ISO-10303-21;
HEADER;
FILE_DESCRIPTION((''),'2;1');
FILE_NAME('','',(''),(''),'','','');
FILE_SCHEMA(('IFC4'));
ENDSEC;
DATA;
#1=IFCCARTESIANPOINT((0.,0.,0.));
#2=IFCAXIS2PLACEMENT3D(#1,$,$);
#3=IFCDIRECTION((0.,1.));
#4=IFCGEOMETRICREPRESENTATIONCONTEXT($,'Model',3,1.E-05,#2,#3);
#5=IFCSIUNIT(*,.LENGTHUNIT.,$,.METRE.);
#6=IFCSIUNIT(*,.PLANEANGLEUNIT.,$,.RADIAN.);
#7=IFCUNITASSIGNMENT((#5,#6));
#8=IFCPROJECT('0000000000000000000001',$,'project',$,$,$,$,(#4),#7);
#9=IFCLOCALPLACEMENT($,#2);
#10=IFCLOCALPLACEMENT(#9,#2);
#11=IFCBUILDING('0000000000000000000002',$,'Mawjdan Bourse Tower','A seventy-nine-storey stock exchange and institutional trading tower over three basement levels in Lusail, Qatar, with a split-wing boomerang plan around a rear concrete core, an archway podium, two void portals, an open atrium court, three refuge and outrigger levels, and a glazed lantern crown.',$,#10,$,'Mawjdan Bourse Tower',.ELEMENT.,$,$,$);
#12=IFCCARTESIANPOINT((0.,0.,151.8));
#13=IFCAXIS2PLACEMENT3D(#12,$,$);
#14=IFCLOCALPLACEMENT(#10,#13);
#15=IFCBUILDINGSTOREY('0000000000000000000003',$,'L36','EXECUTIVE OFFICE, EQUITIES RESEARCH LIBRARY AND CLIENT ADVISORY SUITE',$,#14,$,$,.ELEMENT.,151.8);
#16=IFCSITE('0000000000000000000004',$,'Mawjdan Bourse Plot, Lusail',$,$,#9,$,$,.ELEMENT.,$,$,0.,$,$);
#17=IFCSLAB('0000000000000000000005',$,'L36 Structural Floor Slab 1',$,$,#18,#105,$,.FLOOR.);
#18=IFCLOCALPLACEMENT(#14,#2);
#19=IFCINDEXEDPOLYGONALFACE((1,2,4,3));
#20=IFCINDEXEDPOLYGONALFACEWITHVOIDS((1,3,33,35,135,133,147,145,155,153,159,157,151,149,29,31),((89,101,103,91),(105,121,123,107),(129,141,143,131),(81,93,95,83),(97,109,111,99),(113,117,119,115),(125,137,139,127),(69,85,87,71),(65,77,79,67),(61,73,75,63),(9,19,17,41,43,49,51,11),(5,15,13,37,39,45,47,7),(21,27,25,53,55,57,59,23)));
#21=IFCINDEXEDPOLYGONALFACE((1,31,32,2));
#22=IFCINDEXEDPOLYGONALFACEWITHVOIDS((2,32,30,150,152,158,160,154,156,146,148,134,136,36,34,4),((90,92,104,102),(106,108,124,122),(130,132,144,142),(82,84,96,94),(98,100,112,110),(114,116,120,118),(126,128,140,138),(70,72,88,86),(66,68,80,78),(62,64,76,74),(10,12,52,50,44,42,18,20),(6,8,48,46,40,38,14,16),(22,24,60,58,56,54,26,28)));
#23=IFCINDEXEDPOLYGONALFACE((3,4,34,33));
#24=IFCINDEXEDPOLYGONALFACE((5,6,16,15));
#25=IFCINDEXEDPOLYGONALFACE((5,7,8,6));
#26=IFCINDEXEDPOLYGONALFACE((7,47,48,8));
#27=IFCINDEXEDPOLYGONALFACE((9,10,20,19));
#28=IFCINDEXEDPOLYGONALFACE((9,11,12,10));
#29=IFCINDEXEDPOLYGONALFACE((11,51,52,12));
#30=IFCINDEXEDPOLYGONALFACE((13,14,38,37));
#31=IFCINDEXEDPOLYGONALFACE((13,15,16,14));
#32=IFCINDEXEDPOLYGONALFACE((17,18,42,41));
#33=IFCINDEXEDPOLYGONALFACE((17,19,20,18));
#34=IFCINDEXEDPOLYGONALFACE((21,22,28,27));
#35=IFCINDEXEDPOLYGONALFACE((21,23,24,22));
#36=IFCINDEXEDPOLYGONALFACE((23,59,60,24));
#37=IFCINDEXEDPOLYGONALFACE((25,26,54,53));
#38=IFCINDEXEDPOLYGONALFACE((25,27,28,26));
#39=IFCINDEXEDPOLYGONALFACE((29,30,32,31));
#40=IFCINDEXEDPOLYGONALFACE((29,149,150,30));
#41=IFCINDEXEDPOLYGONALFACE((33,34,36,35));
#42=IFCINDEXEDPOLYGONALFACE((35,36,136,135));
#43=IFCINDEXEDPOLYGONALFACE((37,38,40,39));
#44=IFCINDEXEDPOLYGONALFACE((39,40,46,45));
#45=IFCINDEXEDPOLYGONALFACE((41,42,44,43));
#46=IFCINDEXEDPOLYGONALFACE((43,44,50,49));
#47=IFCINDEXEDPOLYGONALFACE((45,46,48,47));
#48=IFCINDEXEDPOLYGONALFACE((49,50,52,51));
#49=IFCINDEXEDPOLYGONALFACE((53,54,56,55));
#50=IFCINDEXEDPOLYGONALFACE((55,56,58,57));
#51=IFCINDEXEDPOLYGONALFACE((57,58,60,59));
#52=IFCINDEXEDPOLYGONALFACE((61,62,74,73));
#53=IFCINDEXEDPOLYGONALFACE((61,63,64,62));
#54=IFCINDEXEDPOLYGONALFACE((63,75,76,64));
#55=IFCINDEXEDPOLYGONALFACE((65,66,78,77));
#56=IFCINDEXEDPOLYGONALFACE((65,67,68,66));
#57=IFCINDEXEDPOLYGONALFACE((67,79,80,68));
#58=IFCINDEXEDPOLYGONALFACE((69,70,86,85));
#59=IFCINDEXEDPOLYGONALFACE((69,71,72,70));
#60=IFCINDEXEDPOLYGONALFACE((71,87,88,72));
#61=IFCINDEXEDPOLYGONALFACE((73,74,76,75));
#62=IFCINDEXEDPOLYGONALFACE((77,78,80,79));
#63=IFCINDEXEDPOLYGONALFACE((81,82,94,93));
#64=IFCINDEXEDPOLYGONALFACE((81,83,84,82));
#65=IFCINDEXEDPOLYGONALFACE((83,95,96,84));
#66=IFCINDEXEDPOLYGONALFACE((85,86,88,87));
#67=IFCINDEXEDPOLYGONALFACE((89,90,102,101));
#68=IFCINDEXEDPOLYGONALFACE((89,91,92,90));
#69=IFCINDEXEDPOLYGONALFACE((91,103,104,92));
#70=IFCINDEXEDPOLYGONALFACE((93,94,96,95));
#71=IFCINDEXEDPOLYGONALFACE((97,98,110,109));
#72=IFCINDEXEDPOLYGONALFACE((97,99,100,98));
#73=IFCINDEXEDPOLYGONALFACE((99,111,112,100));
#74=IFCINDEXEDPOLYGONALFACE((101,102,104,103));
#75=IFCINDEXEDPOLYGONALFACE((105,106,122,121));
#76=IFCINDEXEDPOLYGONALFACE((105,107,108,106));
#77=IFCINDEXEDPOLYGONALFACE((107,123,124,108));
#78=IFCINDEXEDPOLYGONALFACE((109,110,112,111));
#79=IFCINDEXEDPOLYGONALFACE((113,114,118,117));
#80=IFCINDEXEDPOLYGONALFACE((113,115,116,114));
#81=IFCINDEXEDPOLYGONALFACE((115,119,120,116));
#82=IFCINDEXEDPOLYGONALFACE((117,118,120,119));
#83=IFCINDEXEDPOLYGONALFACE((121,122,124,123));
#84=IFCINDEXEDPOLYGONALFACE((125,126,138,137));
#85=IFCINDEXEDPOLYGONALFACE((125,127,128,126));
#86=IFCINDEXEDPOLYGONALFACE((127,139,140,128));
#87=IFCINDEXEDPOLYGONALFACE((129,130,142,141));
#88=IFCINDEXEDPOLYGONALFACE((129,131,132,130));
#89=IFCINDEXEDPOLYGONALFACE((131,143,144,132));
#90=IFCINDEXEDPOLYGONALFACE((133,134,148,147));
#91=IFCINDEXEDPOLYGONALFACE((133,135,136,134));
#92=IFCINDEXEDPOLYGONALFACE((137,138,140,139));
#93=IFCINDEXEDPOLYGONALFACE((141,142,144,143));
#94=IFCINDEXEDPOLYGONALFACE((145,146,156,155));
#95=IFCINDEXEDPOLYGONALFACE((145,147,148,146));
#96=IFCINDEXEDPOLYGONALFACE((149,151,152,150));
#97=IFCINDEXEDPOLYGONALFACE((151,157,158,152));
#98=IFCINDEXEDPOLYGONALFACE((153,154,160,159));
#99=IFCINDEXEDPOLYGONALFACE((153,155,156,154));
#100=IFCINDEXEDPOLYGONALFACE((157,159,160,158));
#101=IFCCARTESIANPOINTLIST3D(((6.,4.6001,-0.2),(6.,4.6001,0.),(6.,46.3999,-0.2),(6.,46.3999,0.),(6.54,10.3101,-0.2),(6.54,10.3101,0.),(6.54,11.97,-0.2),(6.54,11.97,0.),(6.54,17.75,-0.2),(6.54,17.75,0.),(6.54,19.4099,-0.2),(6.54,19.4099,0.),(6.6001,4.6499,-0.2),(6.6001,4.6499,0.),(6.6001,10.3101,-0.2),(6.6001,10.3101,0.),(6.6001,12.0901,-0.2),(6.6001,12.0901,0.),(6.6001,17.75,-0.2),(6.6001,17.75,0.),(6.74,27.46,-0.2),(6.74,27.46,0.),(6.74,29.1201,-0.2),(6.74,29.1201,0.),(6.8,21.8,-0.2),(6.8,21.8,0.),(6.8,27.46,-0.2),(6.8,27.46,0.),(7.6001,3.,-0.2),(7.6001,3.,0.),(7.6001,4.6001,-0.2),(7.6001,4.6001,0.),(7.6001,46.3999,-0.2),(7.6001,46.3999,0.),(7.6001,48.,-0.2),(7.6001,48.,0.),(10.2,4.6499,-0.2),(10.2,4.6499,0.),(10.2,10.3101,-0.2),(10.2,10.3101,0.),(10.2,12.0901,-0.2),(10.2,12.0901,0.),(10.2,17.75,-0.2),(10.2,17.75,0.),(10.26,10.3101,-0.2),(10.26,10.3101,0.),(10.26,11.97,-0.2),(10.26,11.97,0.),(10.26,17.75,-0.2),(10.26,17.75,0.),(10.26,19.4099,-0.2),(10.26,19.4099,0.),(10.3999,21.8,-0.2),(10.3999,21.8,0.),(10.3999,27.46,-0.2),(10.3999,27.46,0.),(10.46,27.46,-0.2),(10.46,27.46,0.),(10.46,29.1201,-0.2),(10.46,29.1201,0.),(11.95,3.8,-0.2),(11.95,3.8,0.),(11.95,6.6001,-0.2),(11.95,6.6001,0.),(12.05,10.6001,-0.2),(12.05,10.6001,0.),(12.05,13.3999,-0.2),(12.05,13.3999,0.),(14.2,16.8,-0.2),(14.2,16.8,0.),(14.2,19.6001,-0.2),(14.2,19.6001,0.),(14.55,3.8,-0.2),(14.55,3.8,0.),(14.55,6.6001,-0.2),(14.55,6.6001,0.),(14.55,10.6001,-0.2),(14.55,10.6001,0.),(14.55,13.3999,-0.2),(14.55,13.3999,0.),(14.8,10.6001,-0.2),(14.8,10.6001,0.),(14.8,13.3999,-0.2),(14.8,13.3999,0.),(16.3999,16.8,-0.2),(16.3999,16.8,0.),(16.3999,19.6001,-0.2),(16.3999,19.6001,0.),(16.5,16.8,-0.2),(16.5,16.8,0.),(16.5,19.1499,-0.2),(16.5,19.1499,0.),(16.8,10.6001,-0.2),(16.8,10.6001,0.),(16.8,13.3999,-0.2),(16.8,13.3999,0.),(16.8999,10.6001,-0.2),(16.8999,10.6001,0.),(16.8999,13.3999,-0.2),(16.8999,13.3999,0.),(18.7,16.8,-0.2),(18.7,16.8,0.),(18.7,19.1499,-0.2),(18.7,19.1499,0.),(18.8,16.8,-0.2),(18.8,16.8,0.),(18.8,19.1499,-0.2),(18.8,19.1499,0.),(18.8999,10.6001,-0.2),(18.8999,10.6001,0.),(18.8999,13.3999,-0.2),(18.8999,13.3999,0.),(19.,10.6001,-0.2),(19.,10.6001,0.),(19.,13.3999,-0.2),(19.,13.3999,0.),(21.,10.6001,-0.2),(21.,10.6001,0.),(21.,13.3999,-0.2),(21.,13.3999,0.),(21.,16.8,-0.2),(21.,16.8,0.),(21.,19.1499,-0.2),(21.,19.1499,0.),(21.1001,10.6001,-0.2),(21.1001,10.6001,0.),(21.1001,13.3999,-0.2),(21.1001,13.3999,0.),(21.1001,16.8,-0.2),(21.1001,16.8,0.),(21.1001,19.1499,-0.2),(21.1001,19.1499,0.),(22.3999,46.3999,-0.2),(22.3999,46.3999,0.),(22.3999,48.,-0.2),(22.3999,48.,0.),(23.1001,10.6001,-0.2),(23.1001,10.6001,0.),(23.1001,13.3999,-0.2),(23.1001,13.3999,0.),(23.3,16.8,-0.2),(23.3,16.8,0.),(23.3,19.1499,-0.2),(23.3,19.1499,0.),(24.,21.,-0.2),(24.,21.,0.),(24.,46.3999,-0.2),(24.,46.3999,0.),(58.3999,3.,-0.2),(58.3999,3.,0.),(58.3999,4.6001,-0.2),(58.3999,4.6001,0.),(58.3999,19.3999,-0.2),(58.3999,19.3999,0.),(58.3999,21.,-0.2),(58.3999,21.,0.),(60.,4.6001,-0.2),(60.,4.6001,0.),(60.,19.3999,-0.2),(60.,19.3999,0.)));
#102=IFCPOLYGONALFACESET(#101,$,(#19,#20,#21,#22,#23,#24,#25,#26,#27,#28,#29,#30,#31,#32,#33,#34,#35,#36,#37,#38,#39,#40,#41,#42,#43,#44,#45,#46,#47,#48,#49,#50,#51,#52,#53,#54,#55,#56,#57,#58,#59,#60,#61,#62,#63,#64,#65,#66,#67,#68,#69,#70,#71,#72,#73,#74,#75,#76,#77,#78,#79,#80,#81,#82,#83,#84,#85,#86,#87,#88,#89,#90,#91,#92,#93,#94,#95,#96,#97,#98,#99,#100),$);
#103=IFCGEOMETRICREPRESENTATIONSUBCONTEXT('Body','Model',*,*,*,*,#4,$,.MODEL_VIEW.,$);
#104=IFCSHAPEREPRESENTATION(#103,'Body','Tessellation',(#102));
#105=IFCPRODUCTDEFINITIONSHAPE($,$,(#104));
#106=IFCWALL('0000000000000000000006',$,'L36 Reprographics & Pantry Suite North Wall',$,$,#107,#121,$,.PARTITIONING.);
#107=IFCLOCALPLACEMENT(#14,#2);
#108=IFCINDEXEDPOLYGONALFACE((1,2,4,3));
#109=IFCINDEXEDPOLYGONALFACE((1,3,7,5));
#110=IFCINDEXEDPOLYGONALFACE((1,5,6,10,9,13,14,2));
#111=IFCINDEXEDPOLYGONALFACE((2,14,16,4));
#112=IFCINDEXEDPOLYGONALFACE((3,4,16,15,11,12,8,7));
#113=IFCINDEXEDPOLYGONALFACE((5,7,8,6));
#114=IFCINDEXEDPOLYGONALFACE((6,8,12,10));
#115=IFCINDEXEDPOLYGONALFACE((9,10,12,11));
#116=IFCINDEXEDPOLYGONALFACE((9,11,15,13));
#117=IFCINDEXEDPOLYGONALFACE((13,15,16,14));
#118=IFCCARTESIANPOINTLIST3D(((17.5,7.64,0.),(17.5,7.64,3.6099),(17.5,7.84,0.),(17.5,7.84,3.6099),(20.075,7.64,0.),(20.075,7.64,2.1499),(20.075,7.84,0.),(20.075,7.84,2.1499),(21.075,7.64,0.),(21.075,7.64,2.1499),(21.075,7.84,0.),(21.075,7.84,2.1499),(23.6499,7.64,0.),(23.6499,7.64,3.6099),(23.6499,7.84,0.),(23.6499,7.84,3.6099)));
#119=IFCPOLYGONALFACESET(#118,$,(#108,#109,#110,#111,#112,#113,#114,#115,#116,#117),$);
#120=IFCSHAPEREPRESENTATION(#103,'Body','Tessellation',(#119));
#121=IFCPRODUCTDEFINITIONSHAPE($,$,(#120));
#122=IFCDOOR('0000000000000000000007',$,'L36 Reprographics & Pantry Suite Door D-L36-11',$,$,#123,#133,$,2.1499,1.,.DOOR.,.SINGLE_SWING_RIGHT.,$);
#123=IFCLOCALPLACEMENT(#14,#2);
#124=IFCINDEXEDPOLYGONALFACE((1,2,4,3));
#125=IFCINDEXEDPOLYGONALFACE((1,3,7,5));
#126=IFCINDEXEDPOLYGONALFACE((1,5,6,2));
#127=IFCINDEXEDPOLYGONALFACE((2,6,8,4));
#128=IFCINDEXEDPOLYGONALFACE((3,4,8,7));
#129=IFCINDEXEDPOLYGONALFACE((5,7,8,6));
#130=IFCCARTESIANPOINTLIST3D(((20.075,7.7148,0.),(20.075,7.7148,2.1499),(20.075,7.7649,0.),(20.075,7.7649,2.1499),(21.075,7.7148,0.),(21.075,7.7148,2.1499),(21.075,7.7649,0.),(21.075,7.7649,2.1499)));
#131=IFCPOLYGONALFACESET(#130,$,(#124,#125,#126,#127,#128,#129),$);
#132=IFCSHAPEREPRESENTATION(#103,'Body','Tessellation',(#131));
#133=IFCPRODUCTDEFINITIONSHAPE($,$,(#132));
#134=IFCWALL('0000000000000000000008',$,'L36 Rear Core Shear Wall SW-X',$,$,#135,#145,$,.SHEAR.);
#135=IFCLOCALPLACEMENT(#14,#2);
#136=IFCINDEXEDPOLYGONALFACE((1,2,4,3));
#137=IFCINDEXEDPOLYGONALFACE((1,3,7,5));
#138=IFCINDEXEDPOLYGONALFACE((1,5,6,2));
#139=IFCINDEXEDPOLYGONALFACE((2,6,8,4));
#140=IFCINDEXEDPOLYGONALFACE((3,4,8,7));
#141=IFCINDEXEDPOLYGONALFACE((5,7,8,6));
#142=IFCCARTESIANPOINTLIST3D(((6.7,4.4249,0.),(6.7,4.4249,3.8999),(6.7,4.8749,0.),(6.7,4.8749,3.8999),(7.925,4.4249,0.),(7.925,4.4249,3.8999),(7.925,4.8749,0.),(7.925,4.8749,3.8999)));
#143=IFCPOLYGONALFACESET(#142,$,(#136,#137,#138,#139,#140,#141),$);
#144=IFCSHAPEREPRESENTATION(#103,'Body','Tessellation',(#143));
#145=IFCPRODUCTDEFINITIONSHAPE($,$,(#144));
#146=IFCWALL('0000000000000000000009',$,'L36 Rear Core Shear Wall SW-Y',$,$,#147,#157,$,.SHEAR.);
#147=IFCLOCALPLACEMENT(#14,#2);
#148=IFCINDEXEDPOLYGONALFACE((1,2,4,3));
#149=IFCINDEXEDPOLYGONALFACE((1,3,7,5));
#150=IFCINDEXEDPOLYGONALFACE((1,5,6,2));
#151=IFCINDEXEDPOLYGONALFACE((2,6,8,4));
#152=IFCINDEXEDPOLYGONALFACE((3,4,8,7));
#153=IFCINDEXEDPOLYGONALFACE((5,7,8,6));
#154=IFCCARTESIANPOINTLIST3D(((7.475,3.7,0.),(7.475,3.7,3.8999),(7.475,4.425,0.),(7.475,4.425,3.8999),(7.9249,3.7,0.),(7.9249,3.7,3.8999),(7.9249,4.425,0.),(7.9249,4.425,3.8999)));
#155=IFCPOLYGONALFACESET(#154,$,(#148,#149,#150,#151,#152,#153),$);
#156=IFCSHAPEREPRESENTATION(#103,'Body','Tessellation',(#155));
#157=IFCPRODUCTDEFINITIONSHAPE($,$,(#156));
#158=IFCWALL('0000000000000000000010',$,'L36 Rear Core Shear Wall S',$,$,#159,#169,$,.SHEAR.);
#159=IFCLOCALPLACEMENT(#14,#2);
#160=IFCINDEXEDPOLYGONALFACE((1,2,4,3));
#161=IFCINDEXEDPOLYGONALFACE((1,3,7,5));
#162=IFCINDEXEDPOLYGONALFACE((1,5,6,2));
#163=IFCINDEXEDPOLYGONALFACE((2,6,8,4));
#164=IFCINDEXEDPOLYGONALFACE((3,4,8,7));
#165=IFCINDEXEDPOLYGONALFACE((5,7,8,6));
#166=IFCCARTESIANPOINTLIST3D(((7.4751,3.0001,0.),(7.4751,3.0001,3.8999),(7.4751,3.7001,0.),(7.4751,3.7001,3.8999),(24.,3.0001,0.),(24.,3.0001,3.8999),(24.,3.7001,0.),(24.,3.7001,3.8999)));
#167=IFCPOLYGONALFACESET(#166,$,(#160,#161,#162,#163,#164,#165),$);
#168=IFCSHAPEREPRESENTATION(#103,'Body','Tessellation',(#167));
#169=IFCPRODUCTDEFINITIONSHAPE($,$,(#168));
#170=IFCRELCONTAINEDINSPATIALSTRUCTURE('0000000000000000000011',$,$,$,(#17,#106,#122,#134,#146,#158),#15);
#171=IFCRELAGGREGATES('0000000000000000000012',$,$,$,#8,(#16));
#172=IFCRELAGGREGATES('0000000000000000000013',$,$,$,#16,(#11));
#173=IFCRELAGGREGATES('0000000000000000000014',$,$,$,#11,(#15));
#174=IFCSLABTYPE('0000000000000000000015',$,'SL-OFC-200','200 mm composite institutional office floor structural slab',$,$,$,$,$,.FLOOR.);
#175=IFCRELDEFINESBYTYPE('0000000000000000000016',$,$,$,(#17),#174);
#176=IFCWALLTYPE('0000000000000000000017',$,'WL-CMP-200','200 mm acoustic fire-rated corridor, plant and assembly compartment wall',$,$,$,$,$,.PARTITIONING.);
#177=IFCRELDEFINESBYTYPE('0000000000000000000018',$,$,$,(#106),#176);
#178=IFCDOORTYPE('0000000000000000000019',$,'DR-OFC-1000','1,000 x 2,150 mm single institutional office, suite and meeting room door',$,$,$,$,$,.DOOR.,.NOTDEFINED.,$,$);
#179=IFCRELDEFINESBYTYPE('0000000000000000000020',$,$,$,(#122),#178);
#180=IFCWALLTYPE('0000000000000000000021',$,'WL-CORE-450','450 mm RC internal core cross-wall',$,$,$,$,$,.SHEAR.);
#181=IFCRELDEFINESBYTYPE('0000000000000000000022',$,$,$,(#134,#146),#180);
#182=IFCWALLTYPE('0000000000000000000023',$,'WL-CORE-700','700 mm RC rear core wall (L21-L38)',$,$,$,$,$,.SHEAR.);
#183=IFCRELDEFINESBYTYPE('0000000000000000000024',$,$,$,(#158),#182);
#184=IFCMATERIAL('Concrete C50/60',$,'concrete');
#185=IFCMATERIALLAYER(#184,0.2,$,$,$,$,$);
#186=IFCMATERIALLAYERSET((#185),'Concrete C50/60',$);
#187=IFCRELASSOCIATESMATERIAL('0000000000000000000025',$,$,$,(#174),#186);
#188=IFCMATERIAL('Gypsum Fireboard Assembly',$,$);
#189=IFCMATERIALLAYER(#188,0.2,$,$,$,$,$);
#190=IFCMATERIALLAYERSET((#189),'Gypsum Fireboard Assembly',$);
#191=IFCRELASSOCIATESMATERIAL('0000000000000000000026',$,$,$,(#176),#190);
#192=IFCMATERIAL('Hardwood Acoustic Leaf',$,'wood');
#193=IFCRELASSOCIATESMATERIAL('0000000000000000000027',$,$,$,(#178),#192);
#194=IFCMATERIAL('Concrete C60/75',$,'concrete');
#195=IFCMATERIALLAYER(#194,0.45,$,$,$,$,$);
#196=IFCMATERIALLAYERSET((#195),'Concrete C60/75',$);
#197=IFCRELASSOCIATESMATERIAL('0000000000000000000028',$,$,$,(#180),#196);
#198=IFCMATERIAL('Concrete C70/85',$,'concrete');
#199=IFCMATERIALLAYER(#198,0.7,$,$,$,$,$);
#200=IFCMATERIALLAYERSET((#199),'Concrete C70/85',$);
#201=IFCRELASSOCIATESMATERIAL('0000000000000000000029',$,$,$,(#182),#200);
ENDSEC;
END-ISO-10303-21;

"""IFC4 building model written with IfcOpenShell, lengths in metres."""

from ifc_helpers import new_model, si_unit, direction, frame, frame_2d, origin, place, context, subcontext, project, spatial, polyline, rectangle, outline, extrude, material, layer, layer_set, type_object, element, fill, save


model = new_model("IFC4")

# Units and contexts
model_context = context("Model", 3, precision=1e-05, world=origin(), true_north=direction((0.0, 1.0)))
body_context = subcontext(model_context, "Body", "Model", "MODEL_VIEW")
ifc_project = project(units=[si_unit("LENGTHUNIT", "METRE"), si_unit("PLANEANGLEUNIT", "RADIAN")], contexts=[model_context])

# Site, building, storey
site_placement = place(None, origin())
site = spatial("IfcSite", under=ifc_project, at=site_placement, Name="Mawjdan Bourse Plot, Lusail", CompositionType="ELEMENT", RefElevation=0.0)
building_placement = place(site_placement, origin())
building = spatial("IfcBuilding", under=site, at=building_placement, Name="Mawjdan Bourse Tower", Description="A seventy-nine-storey stock exchange and institutional trading tower over three basement levels in Lusail, Qatar, with a split-wing boomerang plan around a rear concrete core, an archway podium, two void portals, an open atrium court, three refuge and outrigger levels, and a glazed lantern crown.", LongName="Mawjdan Bourse Tower", CompositionType="ELEMENT")
storey_placement = place(building_placement, frame((0.0, 0.0, 151.8)))
storey = spatial("IfcBuildingStorey", under=building, at=storey_placement, Name="L36", Description="EXECUTIVE OFFICE, EQUITIES RESEARCH LIBRARY AND CLIENT ADVISORY SUITE", CompositionType="ELEMENT", Elevation=151.8)

# Shared definitions
ifc_material_1 = material(Name="Concrete C50/60", Category="concrete")

# Slab
ifc_layer_1 = layer(ifc_material_1, 0.2)
ifc_layer_set_1 = layer_set([ifc_layer_1], Name="Concrete C50/60")
slab_type_1 = type_object("IfcSlabType", Name="SL-OFC-200", Description="200 mm composite institutional office floor structural slab", PredefinedType="FLOOR", material=ifc_layer_set_1)
slab_1_placement = place(storey_placement, frame((0.0, 0.0, -0.2)))
element("IfcSlab", 1, at=slab_1_placement, inside=storey, type_object=slab_type_1, Name="L36 Structural Floor Slab 1", PredefinedType="FLOOR", context=body_context, shape_type="SweptSolid", body=[
    extrude(outline(polyline([(7.6001, 3.0), (58.3999, 3.0), (58.3999, 4.6001), (60.0, 4.6001), (60.0, 19.3999), (58.3999, 19.3999), (58.3999, 21.0), (24.0, 21.0), (24.0, 46.3999), (22.3999, 46.3999), (22.3999, 48.0), (7.6001, 48.0), (7.6001, 46.3999), (6.0, 46.3999), (6.0, 4.6001), (7.6001, 4.6001), (7.6001, 3.0)]), holes=[polyline([(11.95, 3.8), (11.95, 6.6001), (14.55, 6.6001), (14.55, 3.8), (11.95, 3.8)]), polyline([(6.6001, 10.3101), (6.54, 10.3101), (6.54, 11.97), (10.26, 11.97), (10.26, 10.3101), (10.2, 10.3101), (10.2, 4.6499), (6.6001, 4.6499), (6.6001, 10.3101)]), polyline([(12.05, 10.6001), (12.05, 13.3999), (14.55, 13.3999), (14.55, 10.6001), (12.05, 10.6001)]), polyline([(10.26, 19.4099), (10.26, 17.75), (10.2, 17.75), (10.2, 12.0901), (6.6001, 12.0901), (6.6001, 17.75), (6.54, 17.75), (6.54, 19.4099), (10.26, 19.4099)]), polyline([(10.46, 29.1201), (10.46, 27.46), (10.3999, 27.46), (10.3999, 21.8), (6.8, 21.8), (6.8, 27.46), (6.74, 27.46), (6.74, 29.1201), (10.46, 29.1201)]), polyline([(14.8, 10.6001), (14.8, 13.3999), (16.8, 13.3999), (16.8, 10.6001), (14.8, 10.6001)]), polyline([(16.8999, 10.6001), (16.8999, 13.3999), (18.8999, 13.3999), (18.8999, 10.6001), (16.8999, 10.6001)]), polyline([(19.0, 10.6001), (19.0, 13.3999), (21.0, 13.3999), (21.0, 10.6001), (19.0, 10.6001)]), polyline([(21.1001, 10.6001), (21.1001, 13.3999), (23.1001, 13.3999), (23.1001, 10.6001), (21.1001, 10.6001)]), polyline([(16.5, 16.8), (16.5, 19.1499), (18.7, 19.1499), (18.7, 16.8), (16.5, 16.8)]), polyline([(18.8, 16.8), (18.8, 19.1499), (21.0, 19.1499), (21.0, 16.8), (18.8, 16.8)]), polyline([(21.1001, 16.8), (21.1001, 19.1499), (23.3, 19.1499), (23.3, 16.8), (21.1001, 16.8)]), polyline([(14.2, 16.8), (14.2, 19.6001), (16.3999, 19.6001), (16.3999, 16.8), (14.2, 16.8)])]), origin(), (0.0, 0.0, 1.0), 0.2),
])

# Wall, opening, door
ifc_material_2 = material(Name="Gypsum Fireboard Assembly")
ifc_layer_2 = layer(ifc_material_2, 0.2)
ifc_layer_set_2 = layer_set([ifc_layer_2], Name="Gypsum Fireboard Assembly")
wall_type_1 = type_object("IfcWallType", Name="WL-CMP-200", Description="200 mm acoustic fire-rated corridor, plant and assembly compartment wall", PredefinedType="PARTITIONING", material=ifc_layer_set_2)
ifc_material_3 = material(Name="Hardwood Acoustic Leaf", Category="wood")
door_type_1 = type_object("IfcDoorType", Name="DR-OFC-1000", Description="1,000 x 2,150 mm single institutional office, suite and meeting room door", OperationType="NOTDEFINED", PredefinedType="DOOR", material=ifc_material_3)
wall_1_placement = place(storey_placement, frame((17.5, 7.74, 0.0), z_axis=(0.0, 0.0, 1.0), x_axis=(1.0, 0.0, 0.0)))
wall_1 = element("IfcWall", 2, at=wall_1_placement, inside=storey, type_object=wall_type_1, Name="L36 Reprographics & Pantry Suite North Wall", PredefinedType="PARTITIONING", context=body_context, shape_type="SweptSolid", body=[
    extrude(rectangle(XDim=6.1499, YDim=0.2, at=frame_2d((3.075, 0.0))), origin(), (0.0, 0.0, 1.0), 3.6099),
])
opening_1_placement = place(wall_1_placement, frame((2.575, 0.0, 0.0)))
opening_1 = element("IfcOpeningElement", 3, at=opening_1_placement, cuts=wall_1, PredefinedType="OPENING", context=body_context, shape_type="SweptSolid", body=[
    extrude(rectangle(XDim=1.0, YDim=2.1499, at=frame_2d((0.5, 1.075))), frame((0.0, 0.1099, 0.0), z_axis=(0.0, -1.0, 0.0), x_axis=(1.0, 0.0, 0.0)), (0.0, 0.0, 1.0), 0.22),
])
door_1_placement = place(opening_1_placement, origin())
door_1 = element("IfcDoor", 4, at=door_1_placement, inside=storey, type_object=door_type_1, Name="L36 Reprographics & Pantry Suite Door D-L36-11", OperationType="SINGLE_SWING_RIGHT", OverallHeight=2.1499, OverallWidth=1.0, PredefinedType="DOOR", context=body_context, shape_type="SweptSolid", body=[
    extrude(rectangle(XDim=1.0, YDim=2.1499, at=frame_2d((0.5, 1.075))), frame((0.0, 0.0249, 0.0), z_axis=(0.0, -1.0, 0.0), x_axis=(1.0, 0.0, 0.0)), (0.0, 0.0, 1.0), 0.05),
])
fill(opening_1, door_1)

# Walls
ifc_material_4 = material(Name="Concrete C60/75", Category="concrete")
ifc_layer_3 = layer(ifc_material_4, 0.45)
ifc_layer_set_3 = layer_set([ifc_layer_3], Name="Concrete C60/75")
wall_type_2 = type_object("IfcWallType", Name="WL-CORE-450", Description="450 mm RC internal core cross-wall", PredefinedType="SHEAR", material=ifc_layer_set_3)
wall_2_placement = place(storey_placement, frame((6.7, 4.6499, 0.0), z_axis=(0.0, 0.0, 1.0), x_axis=(1.0, 0.0, 0.0)))
element("IfcWall", 5, at=wall_2_placement, inside=storey, type_object=wall_type_2, Name="L36 Rear Core Shear Wall SW-X", PredefinedType="SHEAR", context=body_context, shape_type="SweptSolid", body=[
    extrude(rectangle(XDim=1.2251, YDim=0.45, at=frame_2d((0.6125, 0.0))), origin(), (0.0, 0.0, 1.0), 3.8999),
])
wall_3_placement = place(storey_placement, frame((7.7, 3.7, 0.0), z_axis=(0.0, 0.0, 1.0), x_axis=(0.0, 1.0, 0.0)))
element("IfcWall", 6, at=wall_3_placement, inside=storey, type_object=wall_type_2, Name="L36 Rear Core Shear Wall SW-Y", PredefinedType="SHEAR", context=body_context, shape_type="SweptSolid", body=[
    extrude(rectangle(XDim=0.7251, YDim=0.45, at=frame_2d((0.3625, 0.0))), origin(), (0.0, 0.0, 1.0), 3.8999),
])
ifc_material_5 = material(Name="Concrete C70/85", Category="concrete")
ifc_layer_4 = layer(ifc_material_5, 0.7)
ifc_layer_set_4 = layer_set([ifc_layer_4], Name="Concrete C70/85")
wall_type_3 = type_object("IfcWallType", Name="WL-CORE-700", Description="700 mm RC rear core wall (L21-L38)", PredefinedType="SHEAR", material=ifc_layer_set_4)
wall_4_placement = place(storey_placement, frame((7.4751, 3.3501, 0.0), z_axis=(0.0, 0.0, 1.0), x_axis=(1.0, 0.0, 0.0)))
element("IfcWall", 7, at=wall_4_placement, inside=storey, type_object=wall_type_3, Name="L36 Rear Core Shear Wall S", PredefinedType="SHEAR", context=body_context, shape_type="SweptSolid", body=[
    extrude(rectangle(XDim=16.5249, YDim=0.7, at=frame_2d((8.2625, 0.0))), origin(), (0.0, 0.0, 1.0), 3.8999),
])

save(model, "model.ifc")
